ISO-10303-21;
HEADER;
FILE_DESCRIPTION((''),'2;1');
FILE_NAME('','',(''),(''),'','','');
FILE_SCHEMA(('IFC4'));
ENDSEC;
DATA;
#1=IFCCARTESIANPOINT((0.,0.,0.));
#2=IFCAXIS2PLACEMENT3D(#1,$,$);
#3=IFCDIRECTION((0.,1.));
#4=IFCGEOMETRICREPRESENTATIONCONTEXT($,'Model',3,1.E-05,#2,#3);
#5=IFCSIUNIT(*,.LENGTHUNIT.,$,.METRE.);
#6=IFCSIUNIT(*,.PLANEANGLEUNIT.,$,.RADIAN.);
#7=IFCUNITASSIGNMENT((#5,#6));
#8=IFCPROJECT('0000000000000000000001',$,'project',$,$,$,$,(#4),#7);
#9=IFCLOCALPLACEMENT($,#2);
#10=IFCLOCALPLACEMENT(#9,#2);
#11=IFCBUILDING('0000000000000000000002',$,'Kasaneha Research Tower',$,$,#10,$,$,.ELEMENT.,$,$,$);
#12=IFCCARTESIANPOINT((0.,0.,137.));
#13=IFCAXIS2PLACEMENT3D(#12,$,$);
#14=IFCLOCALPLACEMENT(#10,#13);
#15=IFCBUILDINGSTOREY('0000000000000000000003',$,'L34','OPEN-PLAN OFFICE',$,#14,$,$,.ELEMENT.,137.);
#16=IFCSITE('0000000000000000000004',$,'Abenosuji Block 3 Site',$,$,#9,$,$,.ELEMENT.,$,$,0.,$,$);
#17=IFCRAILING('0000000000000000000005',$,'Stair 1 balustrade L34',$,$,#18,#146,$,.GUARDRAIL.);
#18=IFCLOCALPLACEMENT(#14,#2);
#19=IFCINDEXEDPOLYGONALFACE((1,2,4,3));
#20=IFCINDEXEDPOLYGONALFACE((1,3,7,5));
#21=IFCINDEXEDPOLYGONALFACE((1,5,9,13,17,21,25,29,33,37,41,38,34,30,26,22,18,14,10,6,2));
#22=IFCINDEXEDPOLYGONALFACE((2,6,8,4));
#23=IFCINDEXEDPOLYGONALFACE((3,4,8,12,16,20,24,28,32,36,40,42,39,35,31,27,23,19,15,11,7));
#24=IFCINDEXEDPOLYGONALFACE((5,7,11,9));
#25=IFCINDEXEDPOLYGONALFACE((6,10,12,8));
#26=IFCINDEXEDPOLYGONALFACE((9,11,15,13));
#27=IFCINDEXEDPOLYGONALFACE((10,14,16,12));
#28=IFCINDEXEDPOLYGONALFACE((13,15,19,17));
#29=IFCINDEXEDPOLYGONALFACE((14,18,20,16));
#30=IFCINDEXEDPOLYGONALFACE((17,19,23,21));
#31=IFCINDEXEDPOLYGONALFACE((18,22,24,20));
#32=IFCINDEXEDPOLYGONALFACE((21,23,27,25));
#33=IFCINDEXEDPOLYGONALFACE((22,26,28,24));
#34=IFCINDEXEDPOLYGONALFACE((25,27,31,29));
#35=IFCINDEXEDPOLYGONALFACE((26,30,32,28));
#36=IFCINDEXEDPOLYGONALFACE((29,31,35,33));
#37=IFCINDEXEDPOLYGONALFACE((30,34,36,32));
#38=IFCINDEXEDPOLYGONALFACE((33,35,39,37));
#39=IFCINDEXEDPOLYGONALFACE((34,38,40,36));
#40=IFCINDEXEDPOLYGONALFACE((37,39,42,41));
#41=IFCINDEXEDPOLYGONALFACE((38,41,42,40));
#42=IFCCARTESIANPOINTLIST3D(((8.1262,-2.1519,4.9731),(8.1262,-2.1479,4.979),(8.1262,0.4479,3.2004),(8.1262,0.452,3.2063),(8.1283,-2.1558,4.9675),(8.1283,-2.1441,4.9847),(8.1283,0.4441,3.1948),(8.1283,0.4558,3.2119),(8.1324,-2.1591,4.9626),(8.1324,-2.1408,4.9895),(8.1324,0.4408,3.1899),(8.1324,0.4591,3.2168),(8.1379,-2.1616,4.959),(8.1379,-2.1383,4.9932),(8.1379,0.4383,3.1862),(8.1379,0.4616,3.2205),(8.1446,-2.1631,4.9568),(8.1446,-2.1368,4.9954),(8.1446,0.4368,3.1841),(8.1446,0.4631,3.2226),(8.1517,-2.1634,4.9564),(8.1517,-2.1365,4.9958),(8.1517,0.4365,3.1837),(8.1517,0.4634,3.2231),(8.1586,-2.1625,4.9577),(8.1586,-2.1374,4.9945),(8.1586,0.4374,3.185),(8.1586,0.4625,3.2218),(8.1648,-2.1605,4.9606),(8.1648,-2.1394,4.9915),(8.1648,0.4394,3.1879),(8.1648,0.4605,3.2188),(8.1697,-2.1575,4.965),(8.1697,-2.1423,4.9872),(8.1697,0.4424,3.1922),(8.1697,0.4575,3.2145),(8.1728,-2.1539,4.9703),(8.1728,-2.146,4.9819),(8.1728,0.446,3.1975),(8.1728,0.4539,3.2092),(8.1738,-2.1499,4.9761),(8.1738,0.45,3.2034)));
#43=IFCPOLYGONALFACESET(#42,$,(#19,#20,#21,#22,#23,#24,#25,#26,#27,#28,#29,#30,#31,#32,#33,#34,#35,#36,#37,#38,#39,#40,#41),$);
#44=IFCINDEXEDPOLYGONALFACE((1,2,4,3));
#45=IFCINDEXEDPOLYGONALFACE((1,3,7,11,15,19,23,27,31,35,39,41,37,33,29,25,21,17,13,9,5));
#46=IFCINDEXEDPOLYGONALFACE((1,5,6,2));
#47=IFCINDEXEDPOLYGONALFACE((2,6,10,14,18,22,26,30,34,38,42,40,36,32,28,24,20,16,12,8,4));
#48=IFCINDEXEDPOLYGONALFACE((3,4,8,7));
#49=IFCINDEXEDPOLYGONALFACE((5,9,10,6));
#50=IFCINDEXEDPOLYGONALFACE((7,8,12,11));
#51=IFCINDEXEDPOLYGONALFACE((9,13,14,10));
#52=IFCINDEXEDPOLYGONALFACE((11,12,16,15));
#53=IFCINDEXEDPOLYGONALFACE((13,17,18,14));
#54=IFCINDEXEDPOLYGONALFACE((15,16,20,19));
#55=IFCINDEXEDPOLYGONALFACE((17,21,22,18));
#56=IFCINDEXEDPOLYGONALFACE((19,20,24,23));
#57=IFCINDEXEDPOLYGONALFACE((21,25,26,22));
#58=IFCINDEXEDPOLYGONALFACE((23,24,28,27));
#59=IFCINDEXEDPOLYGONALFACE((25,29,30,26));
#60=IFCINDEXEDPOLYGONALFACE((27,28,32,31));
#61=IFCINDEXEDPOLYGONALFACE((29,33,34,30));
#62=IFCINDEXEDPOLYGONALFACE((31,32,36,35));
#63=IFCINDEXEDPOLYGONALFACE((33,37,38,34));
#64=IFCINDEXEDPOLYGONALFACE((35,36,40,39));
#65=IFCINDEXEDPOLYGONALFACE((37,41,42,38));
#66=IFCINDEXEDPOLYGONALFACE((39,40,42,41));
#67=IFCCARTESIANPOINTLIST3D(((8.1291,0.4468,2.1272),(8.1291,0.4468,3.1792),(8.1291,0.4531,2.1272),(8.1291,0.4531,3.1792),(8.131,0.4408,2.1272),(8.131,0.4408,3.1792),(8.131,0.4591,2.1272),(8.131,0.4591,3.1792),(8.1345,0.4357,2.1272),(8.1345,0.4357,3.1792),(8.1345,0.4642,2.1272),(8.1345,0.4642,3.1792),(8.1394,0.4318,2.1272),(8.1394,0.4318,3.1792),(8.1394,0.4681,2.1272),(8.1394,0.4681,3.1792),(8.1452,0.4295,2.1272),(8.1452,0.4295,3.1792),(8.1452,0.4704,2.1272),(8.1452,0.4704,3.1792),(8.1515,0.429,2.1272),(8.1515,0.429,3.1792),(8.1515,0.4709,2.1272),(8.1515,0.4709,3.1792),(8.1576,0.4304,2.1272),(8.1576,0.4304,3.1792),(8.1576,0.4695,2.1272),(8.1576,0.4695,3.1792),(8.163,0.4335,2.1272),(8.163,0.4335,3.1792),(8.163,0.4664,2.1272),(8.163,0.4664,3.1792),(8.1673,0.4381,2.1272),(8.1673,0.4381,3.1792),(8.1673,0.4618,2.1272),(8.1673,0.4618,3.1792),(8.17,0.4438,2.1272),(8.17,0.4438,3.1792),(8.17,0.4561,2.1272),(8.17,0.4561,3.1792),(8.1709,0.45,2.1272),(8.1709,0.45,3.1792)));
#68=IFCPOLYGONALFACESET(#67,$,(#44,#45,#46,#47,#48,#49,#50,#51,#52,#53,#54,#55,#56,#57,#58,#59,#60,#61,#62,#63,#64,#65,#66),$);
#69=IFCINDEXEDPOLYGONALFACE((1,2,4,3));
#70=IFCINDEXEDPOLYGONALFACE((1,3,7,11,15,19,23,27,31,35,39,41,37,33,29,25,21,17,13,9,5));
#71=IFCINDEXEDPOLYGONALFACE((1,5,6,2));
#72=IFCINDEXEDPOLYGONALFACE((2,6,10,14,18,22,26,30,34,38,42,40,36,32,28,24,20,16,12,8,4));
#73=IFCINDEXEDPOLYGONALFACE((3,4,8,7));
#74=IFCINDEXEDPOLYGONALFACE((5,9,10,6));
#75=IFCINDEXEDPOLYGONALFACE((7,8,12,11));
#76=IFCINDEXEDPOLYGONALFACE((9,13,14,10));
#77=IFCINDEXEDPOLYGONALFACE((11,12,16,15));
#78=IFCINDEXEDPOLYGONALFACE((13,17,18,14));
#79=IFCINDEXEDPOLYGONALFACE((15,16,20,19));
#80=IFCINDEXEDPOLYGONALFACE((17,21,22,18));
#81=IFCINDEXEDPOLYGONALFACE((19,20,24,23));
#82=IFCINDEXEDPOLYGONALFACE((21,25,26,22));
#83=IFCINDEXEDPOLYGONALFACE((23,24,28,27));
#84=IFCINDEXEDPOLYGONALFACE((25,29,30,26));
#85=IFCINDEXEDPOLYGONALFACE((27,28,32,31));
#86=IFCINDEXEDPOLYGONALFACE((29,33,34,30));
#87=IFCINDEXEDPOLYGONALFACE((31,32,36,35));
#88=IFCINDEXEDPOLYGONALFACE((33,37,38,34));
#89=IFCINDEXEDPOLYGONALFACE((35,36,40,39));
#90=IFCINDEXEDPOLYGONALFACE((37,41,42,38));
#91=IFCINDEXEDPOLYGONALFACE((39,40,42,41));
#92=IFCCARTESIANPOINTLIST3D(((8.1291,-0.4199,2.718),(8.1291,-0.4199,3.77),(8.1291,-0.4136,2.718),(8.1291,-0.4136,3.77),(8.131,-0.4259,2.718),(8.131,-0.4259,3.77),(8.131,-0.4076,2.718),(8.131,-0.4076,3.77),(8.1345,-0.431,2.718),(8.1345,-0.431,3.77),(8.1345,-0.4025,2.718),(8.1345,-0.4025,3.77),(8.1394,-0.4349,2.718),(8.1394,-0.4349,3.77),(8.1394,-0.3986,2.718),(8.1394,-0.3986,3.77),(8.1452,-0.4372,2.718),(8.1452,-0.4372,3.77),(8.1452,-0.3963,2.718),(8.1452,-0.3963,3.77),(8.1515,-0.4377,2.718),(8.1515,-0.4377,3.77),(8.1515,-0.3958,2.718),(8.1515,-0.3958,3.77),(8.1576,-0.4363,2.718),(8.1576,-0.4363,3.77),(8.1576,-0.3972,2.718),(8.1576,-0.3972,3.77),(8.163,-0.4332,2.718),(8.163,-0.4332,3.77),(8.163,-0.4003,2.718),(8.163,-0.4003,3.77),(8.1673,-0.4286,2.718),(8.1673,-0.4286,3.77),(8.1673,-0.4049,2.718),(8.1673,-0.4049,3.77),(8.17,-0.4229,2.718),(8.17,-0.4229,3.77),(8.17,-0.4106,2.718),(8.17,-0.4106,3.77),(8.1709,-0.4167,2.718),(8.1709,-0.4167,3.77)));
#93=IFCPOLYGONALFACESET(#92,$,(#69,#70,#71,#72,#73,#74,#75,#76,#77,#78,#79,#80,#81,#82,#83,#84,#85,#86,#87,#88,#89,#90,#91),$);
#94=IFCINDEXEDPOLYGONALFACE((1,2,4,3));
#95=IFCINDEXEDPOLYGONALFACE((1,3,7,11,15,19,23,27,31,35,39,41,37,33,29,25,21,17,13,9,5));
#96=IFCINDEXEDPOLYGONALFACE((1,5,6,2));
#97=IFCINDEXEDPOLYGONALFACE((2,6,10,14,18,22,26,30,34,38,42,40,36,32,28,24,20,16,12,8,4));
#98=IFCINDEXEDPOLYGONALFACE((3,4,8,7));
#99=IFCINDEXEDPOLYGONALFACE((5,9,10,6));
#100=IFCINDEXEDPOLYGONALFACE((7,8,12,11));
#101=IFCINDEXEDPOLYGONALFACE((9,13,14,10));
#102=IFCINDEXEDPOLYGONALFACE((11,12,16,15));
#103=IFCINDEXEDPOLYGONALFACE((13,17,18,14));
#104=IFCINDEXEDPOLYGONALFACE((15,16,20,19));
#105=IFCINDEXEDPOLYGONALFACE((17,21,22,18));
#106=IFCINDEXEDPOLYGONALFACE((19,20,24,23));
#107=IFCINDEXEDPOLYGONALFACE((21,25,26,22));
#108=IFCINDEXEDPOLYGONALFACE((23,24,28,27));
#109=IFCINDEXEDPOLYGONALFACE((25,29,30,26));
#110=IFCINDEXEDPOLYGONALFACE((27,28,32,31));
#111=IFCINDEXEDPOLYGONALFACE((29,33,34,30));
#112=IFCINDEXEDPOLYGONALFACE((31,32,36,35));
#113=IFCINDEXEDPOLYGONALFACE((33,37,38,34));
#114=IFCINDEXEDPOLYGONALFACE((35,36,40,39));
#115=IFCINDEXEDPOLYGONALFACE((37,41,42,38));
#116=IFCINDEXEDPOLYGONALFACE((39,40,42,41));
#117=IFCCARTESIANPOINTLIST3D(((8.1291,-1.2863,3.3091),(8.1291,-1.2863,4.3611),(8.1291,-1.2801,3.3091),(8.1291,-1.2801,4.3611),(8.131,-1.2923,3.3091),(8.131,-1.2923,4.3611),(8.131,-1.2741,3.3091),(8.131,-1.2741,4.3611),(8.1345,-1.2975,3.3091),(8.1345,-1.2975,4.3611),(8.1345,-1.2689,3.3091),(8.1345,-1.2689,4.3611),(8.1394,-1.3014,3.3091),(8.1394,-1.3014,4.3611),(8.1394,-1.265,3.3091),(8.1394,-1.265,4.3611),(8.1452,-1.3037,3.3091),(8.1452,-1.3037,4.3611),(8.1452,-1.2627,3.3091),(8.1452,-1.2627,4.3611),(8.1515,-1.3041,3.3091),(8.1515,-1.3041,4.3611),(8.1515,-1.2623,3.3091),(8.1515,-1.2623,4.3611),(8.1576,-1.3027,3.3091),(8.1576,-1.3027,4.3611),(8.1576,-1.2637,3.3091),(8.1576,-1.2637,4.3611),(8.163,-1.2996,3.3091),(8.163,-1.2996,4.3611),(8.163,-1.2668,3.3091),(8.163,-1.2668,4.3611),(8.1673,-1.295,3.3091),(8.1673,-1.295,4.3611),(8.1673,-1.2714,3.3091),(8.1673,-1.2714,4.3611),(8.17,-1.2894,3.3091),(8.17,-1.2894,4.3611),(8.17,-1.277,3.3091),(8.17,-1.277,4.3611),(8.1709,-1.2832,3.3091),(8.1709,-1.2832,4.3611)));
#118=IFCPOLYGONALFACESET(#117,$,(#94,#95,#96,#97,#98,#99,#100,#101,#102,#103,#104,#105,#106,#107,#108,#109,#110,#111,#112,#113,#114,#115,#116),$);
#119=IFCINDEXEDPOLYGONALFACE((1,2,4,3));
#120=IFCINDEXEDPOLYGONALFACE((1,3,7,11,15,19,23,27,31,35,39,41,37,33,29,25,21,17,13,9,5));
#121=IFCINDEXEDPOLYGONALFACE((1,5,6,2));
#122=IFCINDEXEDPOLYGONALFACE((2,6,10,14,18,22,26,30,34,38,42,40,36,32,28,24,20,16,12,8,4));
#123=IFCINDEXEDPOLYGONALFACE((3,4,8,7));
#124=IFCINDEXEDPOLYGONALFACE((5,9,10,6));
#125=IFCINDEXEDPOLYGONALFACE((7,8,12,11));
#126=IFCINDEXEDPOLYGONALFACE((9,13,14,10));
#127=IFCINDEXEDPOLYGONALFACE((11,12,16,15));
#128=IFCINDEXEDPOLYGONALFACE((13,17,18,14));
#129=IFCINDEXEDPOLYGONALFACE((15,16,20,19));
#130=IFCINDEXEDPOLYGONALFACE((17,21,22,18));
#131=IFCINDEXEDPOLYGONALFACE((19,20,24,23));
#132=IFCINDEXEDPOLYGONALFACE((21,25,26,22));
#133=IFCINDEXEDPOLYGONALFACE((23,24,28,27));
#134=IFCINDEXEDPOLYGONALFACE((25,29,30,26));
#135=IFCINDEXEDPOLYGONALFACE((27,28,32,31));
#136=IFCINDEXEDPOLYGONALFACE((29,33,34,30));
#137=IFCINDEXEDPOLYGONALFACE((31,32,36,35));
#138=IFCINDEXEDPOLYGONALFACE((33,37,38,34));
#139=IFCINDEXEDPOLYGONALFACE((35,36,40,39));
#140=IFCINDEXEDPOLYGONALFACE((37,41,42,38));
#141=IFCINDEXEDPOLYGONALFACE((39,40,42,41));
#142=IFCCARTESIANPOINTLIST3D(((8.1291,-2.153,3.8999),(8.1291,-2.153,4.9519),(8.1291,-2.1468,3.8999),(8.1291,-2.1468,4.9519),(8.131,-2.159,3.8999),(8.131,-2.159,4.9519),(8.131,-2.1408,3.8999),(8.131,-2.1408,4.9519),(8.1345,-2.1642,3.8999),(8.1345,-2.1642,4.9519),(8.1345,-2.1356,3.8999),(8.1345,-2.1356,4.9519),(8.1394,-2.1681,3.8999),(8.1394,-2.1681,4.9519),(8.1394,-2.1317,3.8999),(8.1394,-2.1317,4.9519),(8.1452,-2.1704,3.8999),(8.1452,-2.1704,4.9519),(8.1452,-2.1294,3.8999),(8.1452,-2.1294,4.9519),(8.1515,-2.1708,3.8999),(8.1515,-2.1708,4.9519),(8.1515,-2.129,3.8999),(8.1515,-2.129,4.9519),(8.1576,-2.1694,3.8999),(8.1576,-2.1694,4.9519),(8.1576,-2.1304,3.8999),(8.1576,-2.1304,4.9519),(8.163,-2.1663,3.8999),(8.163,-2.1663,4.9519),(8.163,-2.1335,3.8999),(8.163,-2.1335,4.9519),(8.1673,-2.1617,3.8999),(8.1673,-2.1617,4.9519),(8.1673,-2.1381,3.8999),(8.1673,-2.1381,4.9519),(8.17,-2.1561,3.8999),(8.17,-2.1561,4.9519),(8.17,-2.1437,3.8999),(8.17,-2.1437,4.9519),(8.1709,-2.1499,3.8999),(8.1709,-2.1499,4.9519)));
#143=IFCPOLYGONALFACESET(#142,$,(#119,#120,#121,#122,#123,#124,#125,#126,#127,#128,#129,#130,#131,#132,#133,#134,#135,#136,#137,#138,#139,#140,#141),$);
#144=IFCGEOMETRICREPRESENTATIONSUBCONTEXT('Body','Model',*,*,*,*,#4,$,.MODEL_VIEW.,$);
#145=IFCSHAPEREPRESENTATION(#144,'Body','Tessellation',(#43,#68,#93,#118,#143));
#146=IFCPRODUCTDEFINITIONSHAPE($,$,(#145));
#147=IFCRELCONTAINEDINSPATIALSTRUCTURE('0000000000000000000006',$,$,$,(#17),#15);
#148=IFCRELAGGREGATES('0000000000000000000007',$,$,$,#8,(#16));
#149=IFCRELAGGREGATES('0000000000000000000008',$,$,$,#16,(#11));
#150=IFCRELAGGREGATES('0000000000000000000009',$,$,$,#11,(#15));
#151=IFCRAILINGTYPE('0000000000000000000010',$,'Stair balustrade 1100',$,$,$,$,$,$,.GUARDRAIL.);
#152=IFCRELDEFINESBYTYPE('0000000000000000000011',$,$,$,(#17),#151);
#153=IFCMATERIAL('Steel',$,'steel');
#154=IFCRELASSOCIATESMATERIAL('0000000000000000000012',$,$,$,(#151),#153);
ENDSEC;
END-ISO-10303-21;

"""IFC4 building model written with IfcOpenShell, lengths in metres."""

from ifc_helpers import new_model, si_unit, direction, frame, origin, origin_2d, place, context, subcontext, project, spatial, circle, extrude, material, type_object, element, save


model = new_model("IFC4")

# Units and contexts
model_context = context("Model", 3, precision=1e-05, world=origin(), true_north=direction((0.0, 1.0)))
body_context = subcontext(model_context, "Body", "Model", "MODEL_VIEW")
ifc_project = project(units=[si_unit("LENGTHUNIT", "METRE"), si_unit("PLANEANGLEUNIT", "RADIAN")], contexts=[model_context])

# Site, building, storey
site_placement = place(None, origin())
site = spatial("IfcSite", under=ifc_project, at=site_placement, Name="Abenosuji Block 3 Site", CompositionType="ELEMENT", RefElevation=0.0)
building_placement = place(site_placement, origin())
building = spatial("IfcBuilding", under=site, at=building_placement, Name="Kasaneha Research Tower", CompositionType="ELEMENT")
storey_placement = place(building_placement, frame((0.0, 0.0, 137.0)))
storey = spatial("IfcBuildingStorey", under=building, at=storey_placement, Name="L34", Description="OPEN-PLAN OFFICE", CompositionType="ELEMENT", Elevation=137.0)

# Railing
ifc_material_1 = material(Name="Steel", Category="steel")
railing_type = type_object("IfcRailingType", Name="Stair balustrade 1100", PredefinedType="GUARDRAIL", material=ifc_material_1)
railing_placement = place(storey_placement, frame((8.1499, 0.45, 2.1272)))
element("IfcRailing", 1, at=railing_placement, inside=storey, type_object=railing_type, Name="Stair 1 balustrade L34", PredefinedType="GUARDRAIL", context=body_context, shape_type="SweptSolid", body=[
    extrude(circle(Radius=0.0239, at=origin_2d()), frame((0.0, 0.0, 1.0762), z_axis=(0.0, -0.826216, 0.563354), x_axis=(1.0, 0.0, 0.0)), (0.0, 0.0, 1.0), 3.1467),
    extrude(circle(Radius=0.021, at=origin_2d()), origin(), (0.0, 0.0, 1.0), 1.052),
    extrude(circle(Radius=0.021, at=origin_2d()), frame((0.0, -0.8667, 0.5908)), (0.0, 0.0, 1.0), 1.052),
    extrude(circle(Radius=0.021, at=origin_2d()), frame((0.0, -1.7332, 1.1819)), (0.0, 0.0, 1.0), 1.052),
    extrude(circle(Radius=0.021, at=origin_2d()), frame((0.0, -2.5999, 1.7727)), (0.0, 0.0, 1.0), 1.052),
])

save(model, "model.ifc")
